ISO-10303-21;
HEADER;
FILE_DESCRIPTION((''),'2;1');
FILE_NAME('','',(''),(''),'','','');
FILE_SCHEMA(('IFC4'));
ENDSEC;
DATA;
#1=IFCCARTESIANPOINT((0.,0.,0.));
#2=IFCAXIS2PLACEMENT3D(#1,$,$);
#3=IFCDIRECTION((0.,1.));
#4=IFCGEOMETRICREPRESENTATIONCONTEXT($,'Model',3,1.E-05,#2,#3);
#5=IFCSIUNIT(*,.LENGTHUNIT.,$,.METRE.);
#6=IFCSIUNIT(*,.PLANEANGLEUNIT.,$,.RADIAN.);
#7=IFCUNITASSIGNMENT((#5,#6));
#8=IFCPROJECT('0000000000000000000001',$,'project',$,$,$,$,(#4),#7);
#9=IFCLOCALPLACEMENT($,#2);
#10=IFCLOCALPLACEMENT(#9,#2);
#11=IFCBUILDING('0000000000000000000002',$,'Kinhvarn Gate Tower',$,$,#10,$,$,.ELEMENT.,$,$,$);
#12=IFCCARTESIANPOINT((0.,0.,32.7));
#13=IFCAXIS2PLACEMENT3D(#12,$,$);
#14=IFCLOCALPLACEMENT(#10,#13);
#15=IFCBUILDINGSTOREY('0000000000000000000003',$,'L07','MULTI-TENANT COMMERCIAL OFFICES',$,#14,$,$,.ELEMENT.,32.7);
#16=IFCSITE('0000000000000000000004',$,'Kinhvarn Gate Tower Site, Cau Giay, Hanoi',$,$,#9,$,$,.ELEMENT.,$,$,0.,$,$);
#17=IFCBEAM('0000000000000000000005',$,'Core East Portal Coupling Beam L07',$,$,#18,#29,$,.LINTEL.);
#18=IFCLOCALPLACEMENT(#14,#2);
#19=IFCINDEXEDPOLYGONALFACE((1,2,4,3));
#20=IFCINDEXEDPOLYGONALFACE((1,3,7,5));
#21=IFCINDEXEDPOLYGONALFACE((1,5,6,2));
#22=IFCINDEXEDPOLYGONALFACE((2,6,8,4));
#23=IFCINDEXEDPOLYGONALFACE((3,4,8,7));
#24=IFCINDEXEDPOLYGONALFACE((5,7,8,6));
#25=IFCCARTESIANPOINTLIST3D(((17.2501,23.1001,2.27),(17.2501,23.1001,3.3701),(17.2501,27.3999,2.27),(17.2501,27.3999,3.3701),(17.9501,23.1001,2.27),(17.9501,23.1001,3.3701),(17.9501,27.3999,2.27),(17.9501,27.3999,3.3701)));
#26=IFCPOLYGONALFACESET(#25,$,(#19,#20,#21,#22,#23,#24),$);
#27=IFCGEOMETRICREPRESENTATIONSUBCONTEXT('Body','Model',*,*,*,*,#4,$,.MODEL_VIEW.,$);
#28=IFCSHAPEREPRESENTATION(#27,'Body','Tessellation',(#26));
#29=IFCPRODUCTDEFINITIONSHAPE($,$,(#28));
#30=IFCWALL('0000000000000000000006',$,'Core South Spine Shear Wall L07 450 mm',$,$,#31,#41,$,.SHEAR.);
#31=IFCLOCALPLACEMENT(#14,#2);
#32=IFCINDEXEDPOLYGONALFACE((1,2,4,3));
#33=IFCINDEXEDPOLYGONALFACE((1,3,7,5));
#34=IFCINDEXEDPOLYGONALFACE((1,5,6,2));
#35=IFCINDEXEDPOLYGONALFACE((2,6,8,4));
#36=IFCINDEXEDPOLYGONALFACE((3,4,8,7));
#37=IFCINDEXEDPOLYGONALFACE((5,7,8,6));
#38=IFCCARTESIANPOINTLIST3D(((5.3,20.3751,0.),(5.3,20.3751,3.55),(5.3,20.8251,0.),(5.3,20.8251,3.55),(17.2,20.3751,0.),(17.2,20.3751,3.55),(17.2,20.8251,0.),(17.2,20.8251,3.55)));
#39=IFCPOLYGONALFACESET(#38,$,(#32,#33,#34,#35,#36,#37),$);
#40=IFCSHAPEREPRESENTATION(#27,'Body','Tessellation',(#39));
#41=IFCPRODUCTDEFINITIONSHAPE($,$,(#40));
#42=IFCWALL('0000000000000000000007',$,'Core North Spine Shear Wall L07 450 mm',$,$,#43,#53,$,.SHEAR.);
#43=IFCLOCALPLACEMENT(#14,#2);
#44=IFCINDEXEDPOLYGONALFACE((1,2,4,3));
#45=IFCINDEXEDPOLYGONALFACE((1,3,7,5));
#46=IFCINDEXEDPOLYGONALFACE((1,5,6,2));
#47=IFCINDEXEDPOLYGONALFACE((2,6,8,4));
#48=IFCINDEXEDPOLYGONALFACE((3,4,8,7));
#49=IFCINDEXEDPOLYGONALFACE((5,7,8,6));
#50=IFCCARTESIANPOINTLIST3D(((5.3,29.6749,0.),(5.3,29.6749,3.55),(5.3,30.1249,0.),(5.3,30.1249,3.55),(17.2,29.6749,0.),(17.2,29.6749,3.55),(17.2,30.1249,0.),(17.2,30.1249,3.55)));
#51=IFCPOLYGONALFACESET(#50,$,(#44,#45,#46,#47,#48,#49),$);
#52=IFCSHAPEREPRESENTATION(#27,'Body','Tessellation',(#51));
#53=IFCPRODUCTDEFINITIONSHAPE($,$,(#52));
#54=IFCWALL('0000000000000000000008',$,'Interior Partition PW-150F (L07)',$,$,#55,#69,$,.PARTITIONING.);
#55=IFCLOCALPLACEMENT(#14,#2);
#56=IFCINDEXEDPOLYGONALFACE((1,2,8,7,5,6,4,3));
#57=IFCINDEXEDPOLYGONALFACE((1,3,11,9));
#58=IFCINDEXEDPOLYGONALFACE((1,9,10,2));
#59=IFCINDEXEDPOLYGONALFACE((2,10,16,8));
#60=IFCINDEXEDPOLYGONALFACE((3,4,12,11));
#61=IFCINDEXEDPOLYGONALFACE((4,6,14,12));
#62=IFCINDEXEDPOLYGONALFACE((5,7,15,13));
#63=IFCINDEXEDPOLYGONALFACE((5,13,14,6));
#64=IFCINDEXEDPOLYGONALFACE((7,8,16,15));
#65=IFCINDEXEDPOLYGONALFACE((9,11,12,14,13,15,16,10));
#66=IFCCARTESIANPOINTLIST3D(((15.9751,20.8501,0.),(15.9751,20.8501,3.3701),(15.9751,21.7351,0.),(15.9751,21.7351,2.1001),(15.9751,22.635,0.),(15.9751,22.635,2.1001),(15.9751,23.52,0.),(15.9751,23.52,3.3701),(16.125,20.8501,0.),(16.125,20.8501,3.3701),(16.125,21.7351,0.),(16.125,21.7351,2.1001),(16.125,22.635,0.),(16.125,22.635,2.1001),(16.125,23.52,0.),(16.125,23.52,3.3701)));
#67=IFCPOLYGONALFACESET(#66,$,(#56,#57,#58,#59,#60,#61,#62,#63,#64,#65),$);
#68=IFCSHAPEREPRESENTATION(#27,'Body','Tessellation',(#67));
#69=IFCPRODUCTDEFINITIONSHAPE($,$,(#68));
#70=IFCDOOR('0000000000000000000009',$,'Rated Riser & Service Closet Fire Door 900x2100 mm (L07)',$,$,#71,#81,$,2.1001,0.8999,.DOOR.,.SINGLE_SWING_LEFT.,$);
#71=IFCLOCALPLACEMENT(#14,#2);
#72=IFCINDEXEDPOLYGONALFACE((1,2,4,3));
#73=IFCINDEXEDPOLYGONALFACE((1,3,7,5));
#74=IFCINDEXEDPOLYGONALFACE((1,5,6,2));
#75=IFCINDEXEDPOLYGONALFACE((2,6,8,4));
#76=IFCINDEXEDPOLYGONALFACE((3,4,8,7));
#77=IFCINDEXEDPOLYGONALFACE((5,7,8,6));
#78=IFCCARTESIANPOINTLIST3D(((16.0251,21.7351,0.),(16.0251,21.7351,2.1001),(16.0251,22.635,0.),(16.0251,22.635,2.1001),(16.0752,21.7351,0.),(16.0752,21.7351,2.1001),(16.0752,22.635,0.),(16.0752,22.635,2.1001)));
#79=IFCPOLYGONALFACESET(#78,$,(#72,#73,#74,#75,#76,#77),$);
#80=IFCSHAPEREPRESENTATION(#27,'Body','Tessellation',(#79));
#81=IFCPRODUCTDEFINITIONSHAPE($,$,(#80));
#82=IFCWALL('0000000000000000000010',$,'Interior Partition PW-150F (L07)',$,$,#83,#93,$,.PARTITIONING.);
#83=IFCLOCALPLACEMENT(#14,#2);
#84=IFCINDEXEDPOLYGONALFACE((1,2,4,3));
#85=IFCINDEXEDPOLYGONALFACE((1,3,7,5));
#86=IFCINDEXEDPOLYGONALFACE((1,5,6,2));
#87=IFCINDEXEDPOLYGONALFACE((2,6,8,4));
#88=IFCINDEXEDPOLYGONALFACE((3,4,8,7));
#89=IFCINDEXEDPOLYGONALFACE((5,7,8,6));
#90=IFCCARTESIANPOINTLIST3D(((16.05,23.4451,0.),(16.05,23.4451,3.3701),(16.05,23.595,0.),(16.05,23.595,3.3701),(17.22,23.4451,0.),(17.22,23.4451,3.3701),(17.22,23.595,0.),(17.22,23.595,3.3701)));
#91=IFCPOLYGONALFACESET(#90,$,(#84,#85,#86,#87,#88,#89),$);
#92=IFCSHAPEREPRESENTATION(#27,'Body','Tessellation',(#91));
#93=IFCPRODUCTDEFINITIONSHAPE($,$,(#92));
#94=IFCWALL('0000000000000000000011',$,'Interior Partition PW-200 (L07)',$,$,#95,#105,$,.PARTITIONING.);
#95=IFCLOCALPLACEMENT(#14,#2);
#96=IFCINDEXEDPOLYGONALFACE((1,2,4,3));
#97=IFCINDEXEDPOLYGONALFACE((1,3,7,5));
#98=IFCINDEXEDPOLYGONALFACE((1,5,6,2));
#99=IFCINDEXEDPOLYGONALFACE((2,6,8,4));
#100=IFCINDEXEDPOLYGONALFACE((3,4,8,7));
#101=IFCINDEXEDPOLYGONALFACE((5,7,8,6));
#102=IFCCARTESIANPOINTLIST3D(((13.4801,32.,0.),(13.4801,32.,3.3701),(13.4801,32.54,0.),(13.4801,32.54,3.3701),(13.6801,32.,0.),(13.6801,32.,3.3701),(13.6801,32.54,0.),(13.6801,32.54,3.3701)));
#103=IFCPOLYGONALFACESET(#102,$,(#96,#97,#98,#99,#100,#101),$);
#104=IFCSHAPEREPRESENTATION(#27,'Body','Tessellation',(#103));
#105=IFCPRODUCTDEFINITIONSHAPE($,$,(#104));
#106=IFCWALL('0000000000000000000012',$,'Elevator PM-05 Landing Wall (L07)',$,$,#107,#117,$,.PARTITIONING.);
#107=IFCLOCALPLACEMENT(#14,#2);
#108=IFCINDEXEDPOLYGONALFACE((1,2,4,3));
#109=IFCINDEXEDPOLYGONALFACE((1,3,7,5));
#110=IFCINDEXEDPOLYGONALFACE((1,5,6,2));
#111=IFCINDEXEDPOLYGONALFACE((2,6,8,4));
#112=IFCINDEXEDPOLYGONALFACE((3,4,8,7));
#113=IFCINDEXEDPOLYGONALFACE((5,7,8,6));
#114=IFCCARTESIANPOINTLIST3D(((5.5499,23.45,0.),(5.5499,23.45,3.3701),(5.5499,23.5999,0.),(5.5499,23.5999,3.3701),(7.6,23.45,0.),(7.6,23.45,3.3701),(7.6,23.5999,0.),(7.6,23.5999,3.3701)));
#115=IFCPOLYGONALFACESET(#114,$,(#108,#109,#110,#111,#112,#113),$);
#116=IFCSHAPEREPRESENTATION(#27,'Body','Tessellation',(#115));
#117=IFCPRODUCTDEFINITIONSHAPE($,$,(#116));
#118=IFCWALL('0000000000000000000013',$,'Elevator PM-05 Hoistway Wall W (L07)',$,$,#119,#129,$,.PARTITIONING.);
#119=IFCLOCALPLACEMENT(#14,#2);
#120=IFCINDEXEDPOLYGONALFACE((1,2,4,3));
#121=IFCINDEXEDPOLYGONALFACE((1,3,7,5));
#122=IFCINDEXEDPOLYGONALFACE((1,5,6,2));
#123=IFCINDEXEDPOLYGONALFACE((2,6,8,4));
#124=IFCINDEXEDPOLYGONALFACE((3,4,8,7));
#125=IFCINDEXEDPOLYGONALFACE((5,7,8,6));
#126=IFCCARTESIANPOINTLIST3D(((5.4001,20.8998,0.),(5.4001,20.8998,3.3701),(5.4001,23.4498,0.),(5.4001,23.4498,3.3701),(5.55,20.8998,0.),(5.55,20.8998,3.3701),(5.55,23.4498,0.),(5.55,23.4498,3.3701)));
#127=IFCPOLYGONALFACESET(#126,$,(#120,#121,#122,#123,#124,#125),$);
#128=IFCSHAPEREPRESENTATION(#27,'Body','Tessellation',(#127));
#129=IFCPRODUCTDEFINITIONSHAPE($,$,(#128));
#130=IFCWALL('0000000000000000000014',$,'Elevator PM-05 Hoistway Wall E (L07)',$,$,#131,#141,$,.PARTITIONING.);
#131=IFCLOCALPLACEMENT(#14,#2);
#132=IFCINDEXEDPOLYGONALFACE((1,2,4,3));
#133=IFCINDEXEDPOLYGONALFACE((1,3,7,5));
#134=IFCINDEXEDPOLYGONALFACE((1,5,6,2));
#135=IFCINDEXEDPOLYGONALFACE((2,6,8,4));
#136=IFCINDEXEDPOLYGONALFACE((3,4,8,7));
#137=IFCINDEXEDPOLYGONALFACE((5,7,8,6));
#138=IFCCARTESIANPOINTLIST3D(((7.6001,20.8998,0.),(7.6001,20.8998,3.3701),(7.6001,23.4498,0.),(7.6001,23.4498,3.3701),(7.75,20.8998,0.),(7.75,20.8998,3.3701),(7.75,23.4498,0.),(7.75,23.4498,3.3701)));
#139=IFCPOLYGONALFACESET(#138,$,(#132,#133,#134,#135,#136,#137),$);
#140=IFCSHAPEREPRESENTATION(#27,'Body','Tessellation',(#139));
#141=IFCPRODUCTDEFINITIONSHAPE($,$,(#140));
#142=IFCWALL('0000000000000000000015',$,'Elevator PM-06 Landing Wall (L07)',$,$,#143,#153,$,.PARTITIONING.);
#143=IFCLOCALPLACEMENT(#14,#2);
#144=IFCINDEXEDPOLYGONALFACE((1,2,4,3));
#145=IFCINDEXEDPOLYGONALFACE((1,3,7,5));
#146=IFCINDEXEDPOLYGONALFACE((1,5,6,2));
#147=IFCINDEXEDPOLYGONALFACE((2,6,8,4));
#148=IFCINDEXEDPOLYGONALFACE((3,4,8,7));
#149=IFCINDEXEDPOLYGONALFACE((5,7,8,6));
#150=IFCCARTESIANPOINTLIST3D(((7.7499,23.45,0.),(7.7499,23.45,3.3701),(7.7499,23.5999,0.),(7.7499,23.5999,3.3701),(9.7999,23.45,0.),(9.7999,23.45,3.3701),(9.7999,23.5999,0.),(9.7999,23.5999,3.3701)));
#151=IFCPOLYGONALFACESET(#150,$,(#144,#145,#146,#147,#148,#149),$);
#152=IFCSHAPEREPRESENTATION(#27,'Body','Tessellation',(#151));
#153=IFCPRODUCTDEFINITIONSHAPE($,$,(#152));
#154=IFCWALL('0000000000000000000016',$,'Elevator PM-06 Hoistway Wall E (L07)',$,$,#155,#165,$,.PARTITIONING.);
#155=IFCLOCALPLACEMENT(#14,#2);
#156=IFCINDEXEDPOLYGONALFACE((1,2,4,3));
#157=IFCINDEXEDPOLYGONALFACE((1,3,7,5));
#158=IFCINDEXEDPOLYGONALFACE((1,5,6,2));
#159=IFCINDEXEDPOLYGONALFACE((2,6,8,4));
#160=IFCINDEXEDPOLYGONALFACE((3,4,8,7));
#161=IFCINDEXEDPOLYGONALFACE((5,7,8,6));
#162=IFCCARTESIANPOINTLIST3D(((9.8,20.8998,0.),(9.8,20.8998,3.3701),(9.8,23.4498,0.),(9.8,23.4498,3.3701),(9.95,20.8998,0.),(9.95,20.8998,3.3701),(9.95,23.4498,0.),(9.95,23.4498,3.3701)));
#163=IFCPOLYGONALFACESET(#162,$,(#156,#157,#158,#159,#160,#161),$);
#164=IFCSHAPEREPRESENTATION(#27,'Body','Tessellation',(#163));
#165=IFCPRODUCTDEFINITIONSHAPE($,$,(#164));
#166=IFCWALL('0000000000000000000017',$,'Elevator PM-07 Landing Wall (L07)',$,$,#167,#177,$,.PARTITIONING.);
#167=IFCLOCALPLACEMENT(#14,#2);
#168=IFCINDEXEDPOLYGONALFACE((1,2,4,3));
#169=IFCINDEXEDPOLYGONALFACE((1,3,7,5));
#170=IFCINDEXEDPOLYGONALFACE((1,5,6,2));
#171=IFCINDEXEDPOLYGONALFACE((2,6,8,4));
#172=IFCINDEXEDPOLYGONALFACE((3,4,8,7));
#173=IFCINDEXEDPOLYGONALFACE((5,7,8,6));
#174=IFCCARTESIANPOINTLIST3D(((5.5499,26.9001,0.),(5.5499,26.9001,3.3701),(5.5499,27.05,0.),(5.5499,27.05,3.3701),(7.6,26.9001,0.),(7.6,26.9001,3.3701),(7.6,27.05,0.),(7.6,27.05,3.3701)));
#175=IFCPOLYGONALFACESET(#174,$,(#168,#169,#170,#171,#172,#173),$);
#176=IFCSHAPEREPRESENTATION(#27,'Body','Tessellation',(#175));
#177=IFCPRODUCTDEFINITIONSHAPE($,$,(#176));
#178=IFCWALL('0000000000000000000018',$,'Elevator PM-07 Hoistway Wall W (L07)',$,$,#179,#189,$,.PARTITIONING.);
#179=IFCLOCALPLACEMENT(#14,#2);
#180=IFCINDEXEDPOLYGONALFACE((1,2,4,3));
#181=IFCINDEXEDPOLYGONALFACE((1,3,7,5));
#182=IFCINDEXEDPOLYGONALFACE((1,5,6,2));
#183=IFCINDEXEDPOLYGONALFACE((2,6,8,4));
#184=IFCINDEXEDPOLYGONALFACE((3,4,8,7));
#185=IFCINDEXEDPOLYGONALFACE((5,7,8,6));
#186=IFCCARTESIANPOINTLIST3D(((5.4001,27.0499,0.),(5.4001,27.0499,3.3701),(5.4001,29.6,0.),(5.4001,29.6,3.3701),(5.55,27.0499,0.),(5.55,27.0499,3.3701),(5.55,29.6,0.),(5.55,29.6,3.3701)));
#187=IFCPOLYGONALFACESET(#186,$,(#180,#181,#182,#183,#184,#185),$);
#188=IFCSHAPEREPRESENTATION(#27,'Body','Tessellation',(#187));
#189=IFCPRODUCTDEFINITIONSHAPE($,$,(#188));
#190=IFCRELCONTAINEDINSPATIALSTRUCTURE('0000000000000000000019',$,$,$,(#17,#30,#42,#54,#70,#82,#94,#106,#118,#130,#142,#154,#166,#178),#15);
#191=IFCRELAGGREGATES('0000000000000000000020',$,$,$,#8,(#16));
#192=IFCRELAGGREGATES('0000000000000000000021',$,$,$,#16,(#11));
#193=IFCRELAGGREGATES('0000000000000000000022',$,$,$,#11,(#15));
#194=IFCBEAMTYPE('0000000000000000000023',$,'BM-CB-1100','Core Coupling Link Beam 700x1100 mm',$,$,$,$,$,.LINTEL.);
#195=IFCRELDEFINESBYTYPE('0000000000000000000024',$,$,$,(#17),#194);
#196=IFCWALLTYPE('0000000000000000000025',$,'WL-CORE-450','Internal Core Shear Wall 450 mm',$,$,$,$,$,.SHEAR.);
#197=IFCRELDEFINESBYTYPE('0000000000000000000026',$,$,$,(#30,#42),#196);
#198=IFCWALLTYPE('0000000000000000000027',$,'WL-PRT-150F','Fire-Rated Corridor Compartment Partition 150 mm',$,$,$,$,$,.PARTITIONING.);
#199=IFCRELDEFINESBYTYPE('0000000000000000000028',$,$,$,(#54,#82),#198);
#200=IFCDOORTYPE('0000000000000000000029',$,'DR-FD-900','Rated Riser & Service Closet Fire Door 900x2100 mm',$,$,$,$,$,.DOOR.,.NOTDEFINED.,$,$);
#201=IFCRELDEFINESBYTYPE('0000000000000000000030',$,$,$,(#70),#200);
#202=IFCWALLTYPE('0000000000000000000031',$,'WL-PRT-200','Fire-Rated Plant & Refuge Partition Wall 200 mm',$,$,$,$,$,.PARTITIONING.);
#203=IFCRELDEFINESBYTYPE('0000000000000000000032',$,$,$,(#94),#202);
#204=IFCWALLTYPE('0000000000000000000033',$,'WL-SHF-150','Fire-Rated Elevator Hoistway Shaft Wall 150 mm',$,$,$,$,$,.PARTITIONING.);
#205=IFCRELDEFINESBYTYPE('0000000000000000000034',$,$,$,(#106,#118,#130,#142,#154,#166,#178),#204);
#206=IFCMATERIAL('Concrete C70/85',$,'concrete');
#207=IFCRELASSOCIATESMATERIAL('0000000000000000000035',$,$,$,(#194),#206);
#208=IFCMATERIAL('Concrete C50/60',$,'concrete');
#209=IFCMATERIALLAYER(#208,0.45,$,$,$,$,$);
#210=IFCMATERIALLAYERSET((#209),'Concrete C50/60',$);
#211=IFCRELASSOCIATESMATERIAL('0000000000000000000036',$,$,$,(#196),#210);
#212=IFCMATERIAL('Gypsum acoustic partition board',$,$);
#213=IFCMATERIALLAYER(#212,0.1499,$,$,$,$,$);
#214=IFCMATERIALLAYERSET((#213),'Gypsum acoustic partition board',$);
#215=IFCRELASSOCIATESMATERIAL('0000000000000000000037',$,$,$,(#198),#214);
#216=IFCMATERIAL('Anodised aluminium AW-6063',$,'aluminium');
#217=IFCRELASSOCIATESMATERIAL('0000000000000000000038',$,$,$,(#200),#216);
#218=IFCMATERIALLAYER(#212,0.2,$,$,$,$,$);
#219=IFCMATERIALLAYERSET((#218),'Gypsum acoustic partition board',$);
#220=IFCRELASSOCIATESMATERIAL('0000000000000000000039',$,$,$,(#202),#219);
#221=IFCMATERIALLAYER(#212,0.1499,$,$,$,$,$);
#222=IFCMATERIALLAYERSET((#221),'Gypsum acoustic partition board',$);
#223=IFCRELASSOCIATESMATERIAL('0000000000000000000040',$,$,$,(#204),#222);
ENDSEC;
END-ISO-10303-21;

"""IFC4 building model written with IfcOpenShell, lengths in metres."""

from ifc_helpers import new_model, si_unit, direction, frame, frame_2d, origin, origin_2d, place, context, subcontext, project, spatial, rectangle, extrude, material, layer, layer_set, material_profile, profile_set, type_object, element, fill, save


model = new_model("IFC4")

# Units and contexts
model_context = context("Model", 3, precision=1e-05, world=origin(), true_north=direction((0.0, 1.0)))
body_context = subcontext(model_context, "Body", "Model", "MODEL_VIEW")
ifc_project = project(units=[si_unit("LENGTHUNIT", "METRE"), si_unit("PLANEANGLEUNIT", "RADIAN")], contexts=[model_context])

# Site, building, storey
site_placement = place(None, origin())
site = spatial("IfcSite", under=ifc_project, at=site_placement, Name="Kinhvarn Gate Tower Site, Cau Giay, Hanoi", CompositionType="ELEMENT", RefElevation=0.0)
building_placement = place(site_placement, origin())
building = spatial("IfcBuilding", under=site, at=building_placement, Name="Kinhvarn Gate Tower", CompositionType="ELEMENT")
storey_placement = place(building_placement, frame((0.0, 0.0, 32.7)))
storey = spatial("IfcBuildingStorey", under=building, at=storey_placement, Name="L07", Description="MULTI-TENANT COMMERCIAL OFFICES", CompositionType="ELEMENT", Elevation=32.7)

# Beam
ifc_material_1 = material(Name="Concrete C70/85", Category="concrete")
ifc_material_profile = material_profile(ifc_material_1, rectangle(XDim=0.7, YDim=1.1001, at=origin_2d()), Name="RC 700x1100")
ifc_profile_set = profile_set([ifc_material_profile], Name="Concrete C70/85")
beam_type = type_object("IfcBeamType", Name="BM-CB-1100", Description="Core Coupling Link Beam 700x1100 mm", PredefinedType="LINTEL", material=ifc_profile_set)
beam_placement = place(storey_placement, frame((17.6001, 23.1001, 2.8201), z_axis=(0.0, 1.0, 0.0), x_axis=(-1.0, 0.0, 0.0)))
element("IfcBeam", 1, at=beam_placement, inside=storey, type_object=beam_type, Name="Core East Portal Coupling Beam L07", PredefinedType="LINTEL", context=body_context, shape_type="SweptSolid", body=[
    extrude(rectangle(XDim=0.7, YDim=1.1001, at=origin_2d()), origin(), (0.0, 0.0, 1.0), 4.2998),
])

# Walls
ifc_material_2 = material(Name="Concrete C50/60", Category="concrete")
ifc_layer_1 = layer(ifc_material_2, 0.45)
ifc_layer_set_1 = layer_set([ifc_layer_1], Name="Concrete C50/60")
wall_type_1 = type_object("IfcWallType", Name="WL-CORE-450", Description="Internal Core Shear Wall 450 mm", PredefinedType="SHEAR", material=ifc_layer_set_1)
for number, where, z_axis, x_axis, name in (
    (2, (5.3, 20.6001, 0.0), (0.0, 0.0, 1.0), (1.0, 0.0, 0.0), "Core South Spine Shear Wall L07 450 mm"),
    (3, (5.3, 29.8999, 0.0), (0.0, 0.0, 1.0), (1.0, 0.0, 0.0), "Core North Spine Shear Wall L07 450 mm"),
):
    element("IfcWall", number, at=place(storey_placement, frame(where, z_axis=z_axis, x_axis=x_axis)), inside=storey, type_object=wall_type_1, Name=name, PredefinedType="SHEAR", context=body_context, shape_type="SweptSolid", body=[
        extrude(rectangle(XDim=11.8999, YDim=0.45, at=frame_2d((5.95, 0.0))), origin(), (0.0, 0.0, 1.0), 3.55),
    ])

# Wall, opening, door
ifc_material_3 = material(Name="Gypsum acoustic partition board")
ifc_layer_2 = layer(ifc_material_3, 0.1499)
ifc_layer_set_2 = layer_set([ifc_layer_2], Name="Gypsum acoustic partition board")
wall_type_2 = type_object("IfcWallType", Name="WL-PRT-150F", Description="Fire-Rated Corridor Compartment Partition 150 mm", PredefinedType="PARTITIONING", material=ifc_layer_set_2)
wall_1_placement = place(storey_placement, frame((16.05, 20.8501, 0.0), z_axis=(0.0, 0.0, 1.0), x_axis=(0.0, 1.0, 0.0)))
wall_1 = element("IfcWall", 4, at=wall_1_placement, inside=storey, type_object=wall_type_2, Name="Interior Partition PW-150F (L07)", PredefinedType="PARTITIONING", context=body_context, shape_type="SweptSolid", body=[
    extrude(rectangle(XDim=2.6699, YDim=0.1499, at=frame_2d((1.335, 0.0))), origin(), (0.0, 0.0, 1.0), 3.3701),
])
opening_1_placement = place(wall_1_placement, frame((0.885, 0.0, 0.0)))
opening_1 = element("IfcOpeningElement", 5, at=opening_1_placement, cuts=wall_1, PredefinedType="OPENING", context=body_context, shape_type="SweptSolid", body=[
    extrude(rectangle(XDim=0.8999, YDim=2.1001, at=frame_2d((0.45, 1.05))), frame((0.0, 0.085, 0.0), z_axis=(0.0, -1.0, 0.0), x_axis=(1.0, 0.0, 0.0)), (0.0, 0.0, 1.0), 0.1699),
])
ifc_material_4 = material(Name="Anodised aluminium AW-6063", Category="aluminium")
door_type_1 = type_object("IfcDoorType", Name="DR-FD-900", Description="Rated Riser & Service Closet Fire Door 900x2100 mm", OperationType="NOTDEFINED", PredefinedType="DOOR", material=ifc_material_4)
door_1_placement = place(opening_1_placement, origin())
door_1 = element("IfcDoor", 6, at=door_1_placement, inside=storey, type_object=door_type_1, Name="Rated Riser & Service Closet Fire Door 900x2100 mm (L07)", OperationType="SINGLE_SWING_LEFT", OverallHeight=2.1001, OverallWidth=0.8999, PredefinedType="DOOR", context=body_context, shape_type="SweptSolid", body=[
    extrude(rectangle(XDim=0.8999, YDim=2.1001, at=frame_2d((0.45, 1.05))), frame((0.0, 0.0249, 0.0), z_axis=(0.0, -1.0, 0.0), x_axis=(1.0, 0.0, 0.0)), (0.0, 0.0, 1.0), 0.05),
])
fill(opening_1, door_1)

# Walls
wall_2_placement = place(storey_placement, frame((16.05, 23.52, 0.0), z_axis=(0.0, 0.0, 1.0), x_axis=(1.0, 0.0, 0.0)))
element("IfcWall", 7, at=wall_2_placement, inside=storey, type_object=wall_type_2, Name="Interior Partition PW-150F (L07)", PredefinedType="PARTITIONING", context=body_context, shape_type="SweptSolid", body=[
    extrude(rectangle(XDim=1.1699, YDim=0.1499, at=frame_2d((0.585, 0.0))), origin(), (0.0, 0.0, 1.0), 3.3701),
])
ifc_layer_3 = layer(ifc_material_3, 0.2)
ifc_layer_set_3 = layer_set([ifc_layer_3], Name="Gypsum acoustic partition board")
wall_type_3 = type_object("IfcWallType", Name="WL-PRT-200", Description="Fire-Rated Plant & Refuge Partition Wall 200 mm", PredefinedType="PARTITIONING", material=ifc_layer_set_3)
wall_3_placement = place(storey_placement, frame((13.5801, 32.0, 0.0), z_axis=(0.0, 0.0, 1.0), x_axis=(0.0, 1.0, 0.0)))
element("IfcWall", 8, at=wall_3_placement, inside=storey, type_object=wall_type_3, Name="Interior Partition PW-200 (L07)", PredefinedType="PARTITIONING", context=body_context, shape_type="SweptSolid", body=[
    extrude(rectangle(XDim=0.54, YDim=0.2, at=frame_2d((0.27, 0.0))), origin(), (0.0, 0.0, 1.0), 3.3701),
])
ifc_layer_4 = layer(ifc_material_3, 0.1499)
ifc_layer_set_4 = layer_set([ifc_layer_4], Name="Gypsum acoustic partition board")
wall_type_4 = type_object("IfcWallType", Name="WL-SHF-150", Description="Fire-Rated Elevator Hoistway Shaft Wall 150 mm", PredefinedType="PARTITIONING", material=ifc_layer_set_4)
wall_4_placement = place(storey_placement, frame((5.55, 23.5249, 0.0), z_axis=(0.0, 0.0, 1.0), x_axis=(1.0, 0.0, 0.0)))
element("IfcWall", 9, at=wall_4_placement, inside=storey, type_object=wall_type_4, Name="Elevator PM-05 Landing Wall (L07)", PredefinedType="PARTITIONING", context=body_context, shape_type="SweptSolid", body=[
    extrude(rectangle(XDim=2.05, YDim=0.1499, at=frame_2d((1.0249, 0.0))), origin(), (0.0, 0.0, 1.0), 3.3701),
])
for number, where, z_axis, x_axis, name in (
    (10, (5.4751, 20.8999, 0.0), (0.0, 0.0, 1.0), (0.0, 1.0, 0.0), "Elevator PM-05 Hoistway Wall W (L07)"),
    (11, (7.675, 20.8999, 0.0), (0.0, 0.0, 1.0), (0.0, 1.0, 0.0), "Elevator PM-05 Hoistway Wall E (L07)"),
):
    element("IfcWall", number, at=place(storey_placement, frame(where, z_axis=z_axis, x_axis=x_axis)), inside=storey, type_object=wall_type_4, Name=name, PredefinedType="PARTITIONING", context=body_context, shape_type="SweptSolid", body=[
        extrude(rectangle(XDim=2.55, YDim=0.1499, at=frame_2d((1.2749, 0.0))), origin(), (0.0, 0.0, 1.0), 3.3701),
    ])
wall_5_placement = place(storey_placement, frame((7.75, 23.5249, 0.0), z_axis=(0.0, 0.0, 1.0), x_axis=(1.0, 0.0, 0.0)))
element("IfcWall", 12, at=wall_5_placement, inside=storey, type_object=wall_type_4, Name="Elevator PM-06 Landing Wall (L07)", PredefinedType="PARTITIONING", context=body_context, shape_type="SweptSolid", body=[
    extrude(rectangle(XDim=2.05, YDim=0.1499, at=frame_2d((1.0249, 0.0))), origin(), (0.0, 0.0, 1.0), 3.3701),
])
wall_6_placement = place(storey_placement, frame((9.875, 20.8999, 0.0), z_axis=(0.0, 0.0, 1.0), x_axis=(0.0, 1.0, 0.0)))
element("IfcWall", 13, at=wall_6_placement, inside=storey, type_object=wall_type_4, Name="Elevator PM-06 Hoistway Wall E (L07)", PredefinedType="PARTITIONING", context=body_context, shape_type="SweptSolid", body=[
    extrude(rectangle(XDim=2.55, YDim=0.1499, at=frame_2d((1.2749, 0.0))), origin(), (0.0, 0.0, 1.0), 3.3701),
])
wall_7_placement = place(storey_placement, frame((5.55, 26.9751, 0.0), z_axis=(0.0, 0.0, 1.0), x_axis=(1.0, 0.0, 0.0)))
element("IfcWall", 14, at=wall_7_placement, inside=storey, type_object=wall_type_4, Name="Elevator PM-07 Landing Wall (L07)", PredefinedType="PARTITIONING", context=body_context, shape_type="SweptSolid", body=[
    extrude(rectangle(XDim=2.05, YDim=0.1499, at=frame_2d((1.0249, 0.0))), origin(), (0.0, 0.0, 1.0), 3.3701),
])
for number, where, z_axis, x_axis, name in (
    (15, (5.4751, 27.05, 0.0), (0.0, 0.0, 1.0), (0.0, 1.0, 0.0), "Elevator PM-07 Hoistway Wall W (L07)"),
):
    element("IfcWall", number, at=place(storey_placement, frame(where, z_axis=z_axis, x_axis=x_axis)), inside=storey, type_object=wall_type_4, Name=name, PredefinedType="PARTITIONING", context=body_context, shape_type="SweptSolid", body=[
        extrude(rectangle(XDim=2.55, YDim=0.1499, at=frame_2d((1.2749, 0.0))), origin(), (0.0, 0.0, 1.0), 3.3701),
    ])

save(model, "model.ifc")
